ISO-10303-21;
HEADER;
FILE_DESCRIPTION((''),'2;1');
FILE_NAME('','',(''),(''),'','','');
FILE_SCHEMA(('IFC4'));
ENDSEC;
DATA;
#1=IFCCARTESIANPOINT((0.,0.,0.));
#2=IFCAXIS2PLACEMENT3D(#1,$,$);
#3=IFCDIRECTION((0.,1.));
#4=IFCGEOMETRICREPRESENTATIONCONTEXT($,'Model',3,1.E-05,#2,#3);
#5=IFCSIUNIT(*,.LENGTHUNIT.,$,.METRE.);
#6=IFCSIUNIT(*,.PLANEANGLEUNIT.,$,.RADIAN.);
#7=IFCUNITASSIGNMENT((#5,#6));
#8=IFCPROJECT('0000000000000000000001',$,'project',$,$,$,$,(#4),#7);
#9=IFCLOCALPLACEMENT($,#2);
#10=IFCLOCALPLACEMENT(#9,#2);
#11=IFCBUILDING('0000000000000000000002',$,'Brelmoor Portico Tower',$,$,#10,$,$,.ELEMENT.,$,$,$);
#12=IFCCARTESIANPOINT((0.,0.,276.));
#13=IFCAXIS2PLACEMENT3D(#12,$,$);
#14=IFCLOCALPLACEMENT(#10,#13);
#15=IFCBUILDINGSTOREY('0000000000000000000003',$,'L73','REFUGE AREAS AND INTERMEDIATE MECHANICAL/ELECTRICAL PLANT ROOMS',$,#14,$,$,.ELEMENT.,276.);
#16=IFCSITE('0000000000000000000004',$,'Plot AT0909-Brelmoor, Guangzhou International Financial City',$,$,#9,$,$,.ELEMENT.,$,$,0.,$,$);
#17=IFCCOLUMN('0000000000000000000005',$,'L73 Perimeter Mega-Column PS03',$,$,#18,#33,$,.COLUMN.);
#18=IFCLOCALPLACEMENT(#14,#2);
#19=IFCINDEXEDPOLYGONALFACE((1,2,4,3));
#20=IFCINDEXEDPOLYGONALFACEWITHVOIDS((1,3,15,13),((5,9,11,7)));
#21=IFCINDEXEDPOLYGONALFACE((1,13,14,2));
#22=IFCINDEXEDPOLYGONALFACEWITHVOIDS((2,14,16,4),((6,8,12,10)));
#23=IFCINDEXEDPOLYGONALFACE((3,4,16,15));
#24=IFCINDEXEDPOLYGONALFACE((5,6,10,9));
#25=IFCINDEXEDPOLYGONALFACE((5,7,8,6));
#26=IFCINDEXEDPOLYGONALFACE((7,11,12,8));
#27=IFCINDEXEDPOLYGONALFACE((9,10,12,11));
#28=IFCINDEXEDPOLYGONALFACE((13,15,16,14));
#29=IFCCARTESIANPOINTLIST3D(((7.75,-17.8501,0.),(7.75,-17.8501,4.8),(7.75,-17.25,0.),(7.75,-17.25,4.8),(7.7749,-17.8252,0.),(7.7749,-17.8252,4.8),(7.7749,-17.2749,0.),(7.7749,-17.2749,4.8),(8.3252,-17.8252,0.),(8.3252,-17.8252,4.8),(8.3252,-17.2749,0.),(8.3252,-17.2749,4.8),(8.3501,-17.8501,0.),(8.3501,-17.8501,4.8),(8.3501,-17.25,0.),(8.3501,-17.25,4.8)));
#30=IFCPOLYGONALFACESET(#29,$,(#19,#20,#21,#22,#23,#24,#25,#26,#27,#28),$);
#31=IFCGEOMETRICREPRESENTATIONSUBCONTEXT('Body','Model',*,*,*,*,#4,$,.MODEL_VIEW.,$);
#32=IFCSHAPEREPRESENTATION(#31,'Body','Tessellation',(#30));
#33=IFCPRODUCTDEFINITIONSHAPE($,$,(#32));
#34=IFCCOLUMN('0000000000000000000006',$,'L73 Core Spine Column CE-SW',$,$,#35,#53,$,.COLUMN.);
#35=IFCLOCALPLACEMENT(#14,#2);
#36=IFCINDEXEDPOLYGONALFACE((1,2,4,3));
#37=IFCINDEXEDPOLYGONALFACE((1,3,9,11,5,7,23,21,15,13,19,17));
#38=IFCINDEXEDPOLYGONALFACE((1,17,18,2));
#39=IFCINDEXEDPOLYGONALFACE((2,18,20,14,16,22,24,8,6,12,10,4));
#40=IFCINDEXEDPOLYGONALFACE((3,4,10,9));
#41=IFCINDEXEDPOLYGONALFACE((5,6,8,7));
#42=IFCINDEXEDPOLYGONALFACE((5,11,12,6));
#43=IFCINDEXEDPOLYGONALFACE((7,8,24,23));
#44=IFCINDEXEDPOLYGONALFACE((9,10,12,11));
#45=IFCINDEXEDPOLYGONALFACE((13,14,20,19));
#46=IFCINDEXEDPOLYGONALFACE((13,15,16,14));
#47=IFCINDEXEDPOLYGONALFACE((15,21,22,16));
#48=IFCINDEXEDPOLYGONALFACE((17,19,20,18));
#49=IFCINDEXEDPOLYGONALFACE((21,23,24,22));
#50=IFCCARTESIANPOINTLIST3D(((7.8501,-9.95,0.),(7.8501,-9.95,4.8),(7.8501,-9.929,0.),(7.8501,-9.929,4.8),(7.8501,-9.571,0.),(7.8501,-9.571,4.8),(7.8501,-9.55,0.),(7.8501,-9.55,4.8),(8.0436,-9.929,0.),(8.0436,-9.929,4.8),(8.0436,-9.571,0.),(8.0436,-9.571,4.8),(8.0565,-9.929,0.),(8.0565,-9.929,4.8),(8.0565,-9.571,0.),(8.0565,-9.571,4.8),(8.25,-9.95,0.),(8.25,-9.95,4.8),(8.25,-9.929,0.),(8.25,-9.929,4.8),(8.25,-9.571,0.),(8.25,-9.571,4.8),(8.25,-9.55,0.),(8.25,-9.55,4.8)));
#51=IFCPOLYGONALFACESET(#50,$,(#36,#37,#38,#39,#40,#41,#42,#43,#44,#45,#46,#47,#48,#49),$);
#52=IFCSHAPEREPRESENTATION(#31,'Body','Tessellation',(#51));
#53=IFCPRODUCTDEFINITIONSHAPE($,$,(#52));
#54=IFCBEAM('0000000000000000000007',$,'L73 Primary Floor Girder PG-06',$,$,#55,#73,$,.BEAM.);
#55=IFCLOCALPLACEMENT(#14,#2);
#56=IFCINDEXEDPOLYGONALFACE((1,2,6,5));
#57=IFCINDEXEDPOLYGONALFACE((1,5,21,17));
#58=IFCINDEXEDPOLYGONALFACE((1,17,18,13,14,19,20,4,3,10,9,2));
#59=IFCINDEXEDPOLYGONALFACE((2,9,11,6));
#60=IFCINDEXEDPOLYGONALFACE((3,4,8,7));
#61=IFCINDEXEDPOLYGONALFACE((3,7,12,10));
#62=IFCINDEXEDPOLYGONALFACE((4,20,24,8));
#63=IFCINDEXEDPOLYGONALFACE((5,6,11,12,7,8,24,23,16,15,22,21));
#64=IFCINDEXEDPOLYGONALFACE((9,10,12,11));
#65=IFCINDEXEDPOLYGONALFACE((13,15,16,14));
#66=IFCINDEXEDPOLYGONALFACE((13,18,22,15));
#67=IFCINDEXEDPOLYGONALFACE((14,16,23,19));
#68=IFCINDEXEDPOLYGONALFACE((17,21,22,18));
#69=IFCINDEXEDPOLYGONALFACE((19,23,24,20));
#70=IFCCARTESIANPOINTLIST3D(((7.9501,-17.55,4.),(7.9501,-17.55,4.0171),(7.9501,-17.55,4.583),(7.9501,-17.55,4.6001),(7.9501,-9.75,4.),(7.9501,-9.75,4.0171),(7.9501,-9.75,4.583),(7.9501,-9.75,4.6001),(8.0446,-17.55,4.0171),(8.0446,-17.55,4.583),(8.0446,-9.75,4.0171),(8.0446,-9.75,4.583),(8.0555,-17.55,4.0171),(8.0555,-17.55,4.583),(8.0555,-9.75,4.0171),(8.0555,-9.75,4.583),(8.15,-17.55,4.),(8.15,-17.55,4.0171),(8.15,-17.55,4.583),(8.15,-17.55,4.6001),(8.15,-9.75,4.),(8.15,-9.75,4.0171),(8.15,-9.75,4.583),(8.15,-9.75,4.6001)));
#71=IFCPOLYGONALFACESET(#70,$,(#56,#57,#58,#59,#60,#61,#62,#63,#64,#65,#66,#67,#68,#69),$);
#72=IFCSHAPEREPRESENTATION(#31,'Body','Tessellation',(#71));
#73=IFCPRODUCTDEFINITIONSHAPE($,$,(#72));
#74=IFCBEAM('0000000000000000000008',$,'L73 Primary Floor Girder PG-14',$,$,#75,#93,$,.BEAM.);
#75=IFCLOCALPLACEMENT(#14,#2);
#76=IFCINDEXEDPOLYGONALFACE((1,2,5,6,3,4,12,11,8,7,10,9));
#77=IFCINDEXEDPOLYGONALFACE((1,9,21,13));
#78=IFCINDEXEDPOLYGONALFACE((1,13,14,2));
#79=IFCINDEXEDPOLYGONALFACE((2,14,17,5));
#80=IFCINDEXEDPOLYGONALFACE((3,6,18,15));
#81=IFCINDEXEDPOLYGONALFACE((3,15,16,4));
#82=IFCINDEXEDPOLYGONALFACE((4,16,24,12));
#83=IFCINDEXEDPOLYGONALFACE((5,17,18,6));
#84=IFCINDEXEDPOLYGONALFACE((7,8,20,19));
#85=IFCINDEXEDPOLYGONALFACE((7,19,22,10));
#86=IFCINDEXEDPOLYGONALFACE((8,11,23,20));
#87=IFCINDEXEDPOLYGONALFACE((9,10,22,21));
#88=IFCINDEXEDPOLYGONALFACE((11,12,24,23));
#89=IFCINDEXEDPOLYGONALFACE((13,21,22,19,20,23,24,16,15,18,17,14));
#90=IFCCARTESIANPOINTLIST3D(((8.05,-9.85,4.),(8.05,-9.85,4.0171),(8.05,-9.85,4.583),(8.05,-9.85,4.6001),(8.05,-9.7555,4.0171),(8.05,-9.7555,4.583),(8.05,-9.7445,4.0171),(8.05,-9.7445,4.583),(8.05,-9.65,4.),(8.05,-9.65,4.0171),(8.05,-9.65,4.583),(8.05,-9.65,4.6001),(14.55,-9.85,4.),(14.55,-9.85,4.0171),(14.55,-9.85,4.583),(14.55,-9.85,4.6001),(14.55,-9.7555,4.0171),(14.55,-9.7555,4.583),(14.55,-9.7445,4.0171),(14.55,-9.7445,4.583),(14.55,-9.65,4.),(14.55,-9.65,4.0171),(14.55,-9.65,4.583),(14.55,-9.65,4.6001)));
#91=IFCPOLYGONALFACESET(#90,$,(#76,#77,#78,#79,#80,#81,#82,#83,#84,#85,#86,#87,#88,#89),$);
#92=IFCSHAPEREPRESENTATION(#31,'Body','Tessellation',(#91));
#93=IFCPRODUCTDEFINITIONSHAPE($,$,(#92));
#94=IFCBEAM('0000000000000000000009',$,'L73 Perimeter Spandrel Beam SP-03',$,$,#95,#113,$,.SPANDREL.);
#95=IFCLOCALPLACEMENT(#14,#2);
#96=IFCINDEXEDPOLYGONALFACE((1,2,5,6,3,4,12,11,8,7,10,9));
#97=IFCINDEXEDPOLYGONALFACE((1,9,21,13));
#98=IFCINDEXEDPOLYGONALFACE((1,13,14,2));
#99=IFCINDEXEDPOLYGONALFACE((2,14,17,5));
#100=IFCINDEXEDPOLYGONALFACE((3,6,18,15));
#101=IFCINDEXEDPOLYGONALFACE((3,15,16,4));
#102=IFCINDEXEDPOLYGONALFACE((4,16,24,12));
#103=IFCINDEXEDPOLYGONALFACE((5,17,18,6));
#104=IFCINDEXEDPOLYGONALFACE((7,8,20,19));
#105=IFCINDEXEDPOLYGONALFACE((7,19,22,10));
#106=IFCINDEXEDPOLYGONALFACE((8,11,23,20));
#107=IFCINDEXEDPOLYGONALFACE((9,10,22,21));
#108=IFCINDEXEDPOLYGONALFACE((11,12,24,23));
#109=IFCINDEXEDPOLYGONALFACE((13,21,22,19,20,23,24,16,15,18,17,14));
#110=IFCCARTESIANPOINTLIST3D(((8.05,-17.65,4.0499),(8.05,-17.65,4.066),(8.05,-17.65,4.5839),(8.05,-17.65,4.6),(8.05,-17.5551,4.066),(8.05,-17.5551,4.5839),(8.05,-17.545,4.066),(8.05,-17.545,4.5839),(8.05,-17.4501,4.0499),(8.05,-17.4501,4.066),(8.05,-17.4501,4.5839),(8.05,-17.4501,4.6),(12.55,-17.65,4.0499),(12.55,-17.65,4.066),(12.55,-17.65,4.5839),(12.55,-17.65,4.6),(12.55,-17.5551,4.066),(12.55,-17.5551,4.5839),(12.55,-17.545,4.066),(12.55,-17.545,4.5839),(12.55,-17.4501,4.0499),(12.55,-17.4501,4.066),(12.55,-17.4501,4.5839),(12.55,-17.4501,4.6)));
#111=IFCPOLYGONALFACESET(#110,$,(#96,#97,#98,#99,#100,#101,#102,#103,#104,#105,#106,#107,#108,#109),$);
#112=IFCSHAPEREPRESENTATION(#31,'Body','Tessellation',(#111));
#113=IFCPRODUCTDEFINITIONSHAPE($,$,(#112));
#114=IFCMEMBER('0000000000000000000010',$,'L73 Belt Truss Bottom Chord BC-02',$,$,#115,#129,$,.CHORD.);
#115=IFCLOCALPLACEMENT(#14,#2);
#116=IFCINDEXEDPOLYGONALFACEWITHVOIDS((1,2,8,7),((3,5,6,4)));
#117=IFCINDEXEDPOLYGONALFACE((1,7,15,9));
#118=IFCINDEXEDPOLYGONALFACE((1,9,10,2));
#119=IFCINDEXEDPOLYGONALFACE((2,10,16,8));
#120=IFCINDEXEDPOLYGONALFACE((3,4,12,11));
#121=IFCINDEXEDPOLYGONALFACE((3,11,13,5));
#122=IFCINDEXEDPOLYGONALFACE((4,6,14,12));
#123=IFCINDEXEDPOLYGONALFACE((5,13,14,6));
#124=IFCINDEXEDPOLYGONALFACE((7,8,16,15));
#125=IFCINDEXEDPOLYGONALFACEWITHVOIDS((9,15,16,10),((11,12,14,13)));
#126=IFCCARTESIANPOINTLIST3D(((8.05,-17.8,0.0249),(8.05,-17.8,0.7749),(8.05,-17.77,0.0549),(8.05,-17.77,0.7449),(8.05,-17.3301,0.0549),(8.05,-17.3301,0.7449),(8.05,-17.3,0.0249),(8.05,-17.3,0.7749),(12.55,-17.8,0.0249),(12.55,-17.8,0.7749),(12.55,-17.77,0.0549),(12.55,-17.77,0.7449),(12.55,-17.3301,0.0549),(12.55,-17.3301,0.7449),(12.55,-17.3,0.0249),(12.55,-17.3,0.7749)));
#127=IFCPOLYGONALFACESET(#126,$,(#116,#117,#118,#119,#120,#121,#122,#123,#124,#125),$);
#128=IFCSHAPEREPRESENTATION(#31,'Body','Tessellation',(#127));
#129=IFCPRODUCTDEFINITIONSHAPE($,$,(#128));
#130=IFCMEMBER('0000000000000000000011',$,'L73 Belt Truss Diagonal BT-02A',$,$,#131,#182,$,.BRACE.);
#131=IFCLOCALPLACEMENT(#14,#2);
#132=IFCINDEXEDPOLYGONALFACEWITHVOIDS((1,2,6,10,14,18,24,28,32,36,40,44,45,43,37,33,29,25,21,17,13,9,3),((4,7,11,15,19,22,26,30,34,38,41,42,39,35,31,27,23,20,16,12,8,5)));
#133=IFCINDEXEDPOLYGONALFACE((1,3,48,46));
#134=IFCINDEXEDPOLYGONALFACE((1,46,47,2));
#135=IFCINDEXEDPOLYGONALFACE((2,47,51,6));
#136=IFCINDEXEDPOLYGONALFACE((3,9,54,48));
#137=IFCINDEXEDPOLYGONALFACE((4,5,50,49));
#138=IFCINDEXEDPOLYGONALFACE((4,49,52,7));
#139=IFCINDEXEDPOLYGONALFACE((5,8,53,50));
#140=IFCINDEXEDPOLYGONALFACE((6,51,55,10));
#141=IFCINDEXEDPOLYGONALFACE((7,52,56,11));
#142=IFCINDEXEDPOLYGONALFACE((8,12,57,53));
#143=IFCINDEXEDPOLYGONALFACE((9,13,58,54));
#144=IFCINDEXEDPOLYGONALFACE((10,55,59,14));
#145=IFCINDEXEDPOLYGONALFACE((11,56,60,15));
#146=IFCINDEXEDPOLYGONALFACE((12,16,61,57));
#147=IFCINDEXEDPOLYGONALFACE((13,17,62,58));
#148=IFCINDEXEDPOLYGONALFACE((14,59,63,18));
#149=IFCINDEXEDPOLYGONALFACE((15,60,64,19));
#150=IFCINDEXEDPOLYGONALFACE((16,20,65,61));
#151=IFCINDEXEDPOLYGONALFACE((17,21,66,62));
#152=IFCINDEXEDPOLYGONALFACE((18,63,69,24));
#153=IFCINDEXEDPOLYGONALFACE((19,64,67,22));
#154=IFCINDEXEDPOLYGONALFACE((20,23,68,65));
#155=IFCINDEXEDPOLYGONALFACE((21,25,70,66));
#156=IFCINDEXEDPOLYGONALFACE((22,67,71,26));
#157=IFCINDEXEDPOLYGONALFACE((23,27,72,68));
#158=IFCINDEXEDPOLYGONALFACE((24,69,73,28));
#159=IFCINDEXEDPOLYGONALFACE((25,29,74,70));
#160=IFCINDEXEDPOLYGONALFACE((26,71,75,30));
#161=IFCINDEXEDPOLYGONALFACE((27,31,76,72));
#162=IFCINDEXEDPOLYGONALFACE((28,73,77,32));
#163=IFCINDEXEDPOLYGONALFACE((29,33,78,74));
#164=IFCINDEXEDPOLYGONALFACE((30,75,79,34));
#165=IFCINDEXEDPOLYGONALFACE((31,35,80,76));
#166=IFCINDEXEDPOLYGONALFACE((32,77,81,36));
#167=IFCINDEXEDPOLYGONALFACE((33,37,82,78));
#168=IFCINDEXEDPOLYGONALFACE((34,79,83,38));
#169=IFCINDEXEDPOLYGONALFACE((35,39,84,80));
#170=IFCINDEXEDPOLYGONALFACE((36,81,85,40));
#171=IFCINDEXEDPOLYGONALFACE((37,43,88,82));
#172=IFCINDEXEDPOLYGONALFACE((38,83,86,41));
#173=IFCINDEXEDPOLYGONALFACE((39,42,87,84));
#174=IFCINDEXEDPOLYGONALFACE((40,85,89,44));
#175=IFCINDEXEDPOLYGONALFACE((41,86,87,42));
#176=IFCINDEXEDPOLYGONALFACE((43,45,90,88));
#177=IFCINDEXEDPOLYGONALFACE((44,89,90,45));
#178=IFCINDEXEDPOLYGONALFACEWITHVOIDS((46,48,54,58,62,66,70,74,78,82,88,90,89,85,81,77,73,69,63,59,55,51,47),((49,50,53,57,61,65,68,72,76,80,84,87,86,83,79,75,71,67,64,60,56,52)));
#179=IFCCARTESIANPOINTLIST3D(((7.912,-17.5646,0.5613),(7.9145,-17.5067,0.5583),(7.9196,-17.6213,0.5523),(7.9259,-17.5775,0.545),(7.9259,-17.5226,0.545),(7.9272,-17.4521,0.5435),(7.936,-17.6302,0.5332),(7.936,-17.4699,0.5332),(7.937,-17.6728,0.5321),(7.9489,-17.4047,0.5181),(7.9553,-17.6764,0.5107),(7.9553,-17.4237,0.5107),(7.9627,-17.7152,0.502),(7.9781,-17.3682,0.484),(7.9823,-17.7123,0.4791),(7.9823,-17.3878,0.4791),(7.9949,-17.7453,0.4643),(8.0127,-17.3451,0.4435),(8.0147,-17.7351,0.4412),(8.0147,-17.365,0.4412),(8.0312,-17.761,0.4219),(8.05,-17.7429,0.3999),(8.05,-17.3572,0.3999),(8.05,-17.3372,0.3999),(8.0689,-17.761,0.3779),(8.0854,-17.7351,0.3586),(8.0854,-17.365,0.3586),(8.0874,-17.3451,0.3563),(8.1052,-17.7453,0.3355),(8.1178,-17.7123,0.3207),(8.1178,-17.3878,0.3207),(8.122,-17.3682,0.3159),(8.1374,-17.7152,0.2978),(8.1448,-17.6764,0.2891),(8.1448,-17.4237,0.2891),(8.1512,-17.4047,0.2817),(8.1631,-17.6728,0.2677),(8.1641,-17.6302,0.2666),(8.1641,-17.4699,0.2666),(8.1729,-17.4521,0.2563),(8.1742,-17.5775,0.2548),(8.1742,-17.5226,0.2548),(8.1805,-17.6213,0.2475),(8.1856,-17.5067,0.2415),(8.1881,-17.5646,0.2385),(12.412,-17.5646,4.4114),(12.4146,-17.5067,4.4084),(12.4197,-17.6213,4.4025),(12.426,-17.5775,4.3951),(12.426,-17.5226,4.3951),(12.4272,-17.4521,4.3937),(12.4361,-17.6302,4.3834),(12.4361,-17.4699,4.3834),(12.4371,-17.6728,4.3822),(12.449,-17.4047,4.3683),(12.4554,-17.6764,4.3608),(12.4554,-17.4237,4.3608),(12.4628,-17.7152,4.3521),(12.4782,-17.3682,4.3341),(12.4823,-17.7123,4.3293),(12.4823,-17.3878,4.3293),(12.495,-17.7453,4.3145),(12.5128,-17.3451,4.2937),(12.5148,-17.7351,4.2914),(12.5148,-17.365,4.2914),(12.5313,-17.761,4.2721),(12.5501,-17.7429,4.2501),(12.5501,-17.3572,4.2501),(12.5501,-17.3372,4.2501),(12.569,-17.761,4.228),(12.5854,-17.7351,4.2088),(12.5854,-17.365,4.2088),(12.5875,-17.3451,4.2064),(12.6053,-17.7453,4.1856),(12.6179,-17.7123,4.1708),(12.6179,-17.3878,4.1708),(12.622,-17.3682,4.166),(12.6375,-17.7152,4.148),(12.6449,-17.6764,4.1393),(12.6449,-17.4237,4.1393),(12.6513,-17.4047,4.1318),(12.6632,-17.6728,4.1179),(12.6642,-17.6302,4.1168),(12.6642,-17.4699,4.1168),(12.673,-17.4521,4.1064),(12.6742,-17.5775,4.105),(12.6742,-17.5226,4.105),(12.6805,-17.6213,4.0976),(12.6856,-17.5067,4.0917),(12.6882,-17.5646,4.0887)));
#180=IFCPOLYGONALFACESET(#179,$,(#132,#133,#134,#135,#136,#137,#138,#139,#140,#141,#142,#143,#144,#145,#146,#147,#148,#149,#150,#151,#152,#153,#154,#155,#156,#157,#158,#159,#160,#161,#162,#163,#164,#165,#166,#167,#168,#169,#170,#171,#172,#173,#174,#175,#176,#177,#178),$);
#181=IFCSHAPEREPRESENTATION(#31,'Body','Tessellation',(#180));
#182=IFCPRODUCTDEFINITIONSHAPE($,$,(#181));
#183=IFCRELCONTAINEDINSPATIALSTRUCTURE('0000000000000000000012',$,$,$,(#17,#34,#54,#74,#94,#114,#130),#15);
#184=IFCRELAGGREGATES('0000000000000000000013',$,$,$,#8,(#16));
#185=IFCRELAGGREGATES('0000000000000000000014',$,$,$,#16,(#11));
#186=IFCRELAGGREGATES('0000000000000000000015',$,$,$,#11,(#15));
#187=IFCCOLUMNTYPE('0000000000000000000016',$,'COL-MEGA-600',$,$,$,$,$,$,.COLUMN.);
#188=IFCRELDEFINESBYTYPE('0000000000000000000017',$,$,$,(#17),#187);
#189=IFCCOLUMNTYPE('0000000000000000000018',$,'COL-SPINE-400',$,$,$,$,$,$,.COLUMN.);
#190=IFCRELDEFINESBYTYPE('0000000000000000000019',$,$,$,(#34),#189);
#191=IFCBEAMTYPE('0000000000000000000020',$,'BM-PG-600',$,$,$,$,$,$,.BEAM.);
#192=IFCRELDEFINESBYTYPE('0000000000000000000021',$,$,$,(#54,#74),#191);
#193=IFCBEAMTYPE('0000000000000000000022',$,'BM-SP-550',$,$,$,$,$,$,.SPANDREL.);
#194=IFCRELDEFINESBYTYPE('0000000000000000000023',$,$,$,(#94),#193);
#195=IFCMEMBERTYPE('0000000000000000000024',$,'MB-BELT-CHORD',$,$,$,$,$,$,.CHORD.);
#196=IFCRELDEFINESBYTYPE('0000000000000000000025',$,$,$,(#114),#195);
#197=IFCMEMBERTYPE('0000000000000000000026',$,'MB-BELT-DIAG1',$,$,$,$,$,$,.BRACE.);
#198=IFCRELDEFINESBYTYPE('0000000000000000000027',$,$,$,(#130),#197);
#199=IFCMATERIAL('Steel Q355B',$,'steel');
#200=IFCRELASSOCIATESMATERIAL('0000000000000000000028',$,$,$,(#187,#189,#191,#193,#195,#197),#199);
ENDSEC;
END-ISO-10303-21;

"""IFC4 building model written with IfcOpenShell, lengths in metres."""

from ifc_helpers import new_model, si_unit, direction, frame, origin, origin_2d, place, context, subcontext, project, spatial, hollow_rectangle, hollow_circle, i_section, extrude, material, material_profile, profile_set, type_object, element, save


model = new_model("IFC4")

# Units and contexts
model_context = context("Model", 3, precision=1e-05, world=origin(), true_north=direction((0.0, 1.0)))
body_context = subcontext(model_context, "Body", "Model", "MODEL_VIEW")
ifc_project = project(units=[si_unit("LENGTHUNIT", "METRE"), si_unit("PLANEANGLEUNIT", "RADIAN")], contexts=[model_context])

# Site, building, storey
site_placement = place(None, origin())
site = spatial("IfcSite", under=ifc_project, at=site_placement, Name="Plot AT0909-Brelmoor, Guangzhou International Financial City", CompositionType="ELEMENT", RefElevation=0.0)
building_placement = place(site_placement, origin())
building = spatial("IfcBuilding", under=site, at=building_placement, Name="Brelmoor Portico Tower", CompositionType="ELEMENT")
storey_placement = place(building_placement, frame((0.0, 0.0, 276.0)))
storey = spatial("IfcBuildingStorey", under=building, at=storey_placement, Name="L73", Description="REFUGE AREAS AND INTERMEDIATE MECHANICAL/ELECTRICAL PLANT ROOMS", CompositionType="ELEMENT", Elevation=276.0)

# Columns
ifc_material_1 = material(Name="Steel Q355B", Category="steel")
ifc_material_profile_1 = material_profile(ifc_material_1, hollow_rectangle(XDim=0.6001, YDim=0.6001, WallThickness=0.0249, at=origin_2d()), Name="BOX 600x600x25")
ifc_profile_set_1 = profile_set([ifc_material_profile_1], Name="Steel Q355B")
column_type_1 = type_object("IfcColumnType", Name="COL-MEGA-600", PredefinedType="COLUMN", material=ifc_profile_set_1)
column_1_placement = place(storey_placement, frame((8.05, -17.55, 0.0), z_axis=(0.0, 0.0, 1.0), x_axis=(1.0, 0.0, 0.0)))
element("IfcColumn", 1, at=column_1_placement, inside=storey, type_object=column_type_1, Name="L73 Perimeter Mega-Column PS03", PredefinedType="COLUMN", context=body_context, shape_type="SweptSolid", body=[
    extrude(hollow_rectangle(XDim=0.6001, YDim=0.6001, WallThickness=0.0249, at=origin_2d()), origin(), (0.0, 0.0, 1.0), 4.8),
])
ifc_material_profile_2 = material_profile(ifc_material_1, i_section(OverallWidth=0.3999, OverallDepth=0.3999, WebThickness=0.0129, FlangeThickness=0.021, at=origin_2d()), Name="HW 400x400x13x21")
ifc_profile_set_2 = profile_set([ifc_material_profile_2], Name="Steel Q355B")
column_type_2 = type_object("IfcColumnType", Name="COL-SPINE-400", PredefinedType="COLUMN", material=ifc_profile_set_2)
column_2_placement = place(storey_placement, frame((8.05, -9.75, 0.0), z_axis=(0.0, 0.0, 1.0), x_axis=(1.0, 0.0, 0.0)))
element("IfcColumn", 2, at=column_2_placement, inside=storey, type_object=column_type_2, Name="L73 Core Spine Column CE-SW", PredefinedType="COLUMN", context=body_context, shape_type="SweptSolid", body=[
    extrude(i_section(OverallWidth=0.3999, OverallDepth=0.3999, WebThickness=0.0129, FlangeThickness=0.021, at=origin_2d()), origin(), (0.0, 0.0, 1.0), 4.8),
])

# Beams
ifc_material_profile_3 = material_profile(ifc_material_1, i_section(OverallWidth=0.2, OverallDepth=0.6001, WebThickness=0.011, FlangeThickness=0.0171, at=origin_2d()), Name="HN 600x200x11x17")
ifc_profile_set_3 = profile_set([ifc_material_profile_3], Name="Steel Q355B")
beam_type_1 = type_object("IfcBeamType", Name="BM-PG-600", PredefinedType="BEAM", material=ifc_profile_set_3)
beam_1_placement = place(storey_placement, frame((8.05, -17.55, 4.3), z_axis=(0.0, 1.0, 0.0), x_axis=(-1.0, 0.0, 0.0)))
element("IfcBeam", 3, at=beam_1_placement, inside=storey, type_object=beam_type_1, Name="L73 Primary Floor Girder PG-06", PredefinedType="BEAM", context=body_context, shape_type="SweptSolid", body=[
    extrude(i_section(OverallWidth=0.2, OverallDepth=0.6001, WebThickness=0.011, FlangeThickness=0.0171, at=origin_2d()), origin(), (0.0, 0.0, 1.0), 7.8),
])
beam_2_placement = place(storey_placement, frame((8.05, -9.75, 4.3), z_axis=(1.0, 0.0, 0.0), x_axis=(0.0, 1.0, 0.0)))
element("IfcBeam", 4, at=beam_2_placement, inside=storey, type_object=beam_type_1, Name="L73 Primary Floor Girder PG-14", PredefinedType="BEAM", context=body_context, shape_type="SweptSolid", body=[
    extrude(i_section(OverallWidth=0.2, OverallDepth=0.6001, WebThickness=0.011, FlangeThickness=0.0171, at=origin_2d()), origin(), (0.0, 0.0, 1.0), 6.5),
])
ifc_material_profile_4 = material_profile(ifc_material_1, i_section(OverallWidth=0.2, OverallDepth=0.55, WebThickness=0.01, FlangeThickness=0.0161, at=origin_2d()), Name="HN 550x200x10x16")
ifc_profile_set_4 = profile_set([ifc_material_profile_4], Name="Steel Q355B")
beam_type_2 = type_object("IfcBeamType", Name="BM-SP-550", PredefinedType="SPANDREL", material=ifc_profile_set_4)
beam_3_placement = place(storey_placement, frame((8.05, -17.55, 4.325), z_axis=(1.0, 0.0, 0.0), x_axis=(0.0, 1.0, 0.0)))
element("IfcBeam", 5, at=beam_3_placement, inside=storey, type_object=beam_type_2, Name="L73 Perimeter Spandrel Beam SP-03", PredefinedType="SPANDREL", context=body_context, shape_type="SweptSolid", body=[
    extrude(i_section(OverallWidth=0.2, OverallDepth=0.55, WebThickness=0.01, FlangeThickness=0.0161, at=origin_2d()), origin(), (0.0, 0.0, 1.0), 4.5),
])

# Members
ifc_material_profile_5 = material_profile(ifc_material_1, hollow_rectangle(XDim=0.5, YDim=0.75, WallThickness=0.03, at=origin_2d()), Name="RHS 500x750x30")
ifc_profile_set_5 = profile_set([ifc_material_profile_5], Name="Steel Q355B")
member_type_1 = type_object("IfcMemberType", Name="MB-BELT-CHORD", PredefinedType="CHORD", material=ifc_profile_set_5)
member_1_placement = place(storey_placement, frame((8.05, -17.55, 0.3999), z_axis=(1.0, 0.0, 0.0), x_axis=(0.0, 1.0, 0.0)))
element("IfcMember", 6, at=member_1_placement, inside=storey, type_object=member_type_1, Name="L73 Belt Truss Bottom Chord BC-02", PredefinedType="CHORD", context=body_context, shape_type="SweptSolid", body=[
    extrude(hollow_rectangle(XDim=0.5, YDim=0.75, WallThickness=0.03, at=origin_2d()), origin(), (0.0, 0.0, 1.0), 4.5),
])
ifc_material_profile_6 = material_profile(ifc_material_1, hollow_circle(Radius=0.2129, WallThickness=0.02, at=origin_2d()), Name="CHS 426x20")
ifc_profile_set_6 = profile_set([ifc_material_profile_6], Name="Steel Q355B")
member_type_2 = type_object("IfcMemberType", Name="MB-BELT-DIAG1", PredefinedType="BRACE", material=ifc_profile_set_6)
member_2_placement = place(storey_placement, frame((8.05, -17.55, 0.3999), z_axis=(0.759844, 0.0, 0.650105), x_axis=(0.0, 1.0, 0.0)))
element("IfcMember", 7, at=member_2_placement, inside=storey, type_object=member_type_2, Name="L73 Belt Truss Diagonal BT-02A", PredefinedType="BRACE", context=body_context, shape_type="SweptSolid", body=[
    extrude(hollow_circle(Radius=0.2129, WallThickness=0.02, at=origin_2d()), origin(), (0.0, 0.0, 1.0), 5.9224),
])

save(model, "model.ifc")
